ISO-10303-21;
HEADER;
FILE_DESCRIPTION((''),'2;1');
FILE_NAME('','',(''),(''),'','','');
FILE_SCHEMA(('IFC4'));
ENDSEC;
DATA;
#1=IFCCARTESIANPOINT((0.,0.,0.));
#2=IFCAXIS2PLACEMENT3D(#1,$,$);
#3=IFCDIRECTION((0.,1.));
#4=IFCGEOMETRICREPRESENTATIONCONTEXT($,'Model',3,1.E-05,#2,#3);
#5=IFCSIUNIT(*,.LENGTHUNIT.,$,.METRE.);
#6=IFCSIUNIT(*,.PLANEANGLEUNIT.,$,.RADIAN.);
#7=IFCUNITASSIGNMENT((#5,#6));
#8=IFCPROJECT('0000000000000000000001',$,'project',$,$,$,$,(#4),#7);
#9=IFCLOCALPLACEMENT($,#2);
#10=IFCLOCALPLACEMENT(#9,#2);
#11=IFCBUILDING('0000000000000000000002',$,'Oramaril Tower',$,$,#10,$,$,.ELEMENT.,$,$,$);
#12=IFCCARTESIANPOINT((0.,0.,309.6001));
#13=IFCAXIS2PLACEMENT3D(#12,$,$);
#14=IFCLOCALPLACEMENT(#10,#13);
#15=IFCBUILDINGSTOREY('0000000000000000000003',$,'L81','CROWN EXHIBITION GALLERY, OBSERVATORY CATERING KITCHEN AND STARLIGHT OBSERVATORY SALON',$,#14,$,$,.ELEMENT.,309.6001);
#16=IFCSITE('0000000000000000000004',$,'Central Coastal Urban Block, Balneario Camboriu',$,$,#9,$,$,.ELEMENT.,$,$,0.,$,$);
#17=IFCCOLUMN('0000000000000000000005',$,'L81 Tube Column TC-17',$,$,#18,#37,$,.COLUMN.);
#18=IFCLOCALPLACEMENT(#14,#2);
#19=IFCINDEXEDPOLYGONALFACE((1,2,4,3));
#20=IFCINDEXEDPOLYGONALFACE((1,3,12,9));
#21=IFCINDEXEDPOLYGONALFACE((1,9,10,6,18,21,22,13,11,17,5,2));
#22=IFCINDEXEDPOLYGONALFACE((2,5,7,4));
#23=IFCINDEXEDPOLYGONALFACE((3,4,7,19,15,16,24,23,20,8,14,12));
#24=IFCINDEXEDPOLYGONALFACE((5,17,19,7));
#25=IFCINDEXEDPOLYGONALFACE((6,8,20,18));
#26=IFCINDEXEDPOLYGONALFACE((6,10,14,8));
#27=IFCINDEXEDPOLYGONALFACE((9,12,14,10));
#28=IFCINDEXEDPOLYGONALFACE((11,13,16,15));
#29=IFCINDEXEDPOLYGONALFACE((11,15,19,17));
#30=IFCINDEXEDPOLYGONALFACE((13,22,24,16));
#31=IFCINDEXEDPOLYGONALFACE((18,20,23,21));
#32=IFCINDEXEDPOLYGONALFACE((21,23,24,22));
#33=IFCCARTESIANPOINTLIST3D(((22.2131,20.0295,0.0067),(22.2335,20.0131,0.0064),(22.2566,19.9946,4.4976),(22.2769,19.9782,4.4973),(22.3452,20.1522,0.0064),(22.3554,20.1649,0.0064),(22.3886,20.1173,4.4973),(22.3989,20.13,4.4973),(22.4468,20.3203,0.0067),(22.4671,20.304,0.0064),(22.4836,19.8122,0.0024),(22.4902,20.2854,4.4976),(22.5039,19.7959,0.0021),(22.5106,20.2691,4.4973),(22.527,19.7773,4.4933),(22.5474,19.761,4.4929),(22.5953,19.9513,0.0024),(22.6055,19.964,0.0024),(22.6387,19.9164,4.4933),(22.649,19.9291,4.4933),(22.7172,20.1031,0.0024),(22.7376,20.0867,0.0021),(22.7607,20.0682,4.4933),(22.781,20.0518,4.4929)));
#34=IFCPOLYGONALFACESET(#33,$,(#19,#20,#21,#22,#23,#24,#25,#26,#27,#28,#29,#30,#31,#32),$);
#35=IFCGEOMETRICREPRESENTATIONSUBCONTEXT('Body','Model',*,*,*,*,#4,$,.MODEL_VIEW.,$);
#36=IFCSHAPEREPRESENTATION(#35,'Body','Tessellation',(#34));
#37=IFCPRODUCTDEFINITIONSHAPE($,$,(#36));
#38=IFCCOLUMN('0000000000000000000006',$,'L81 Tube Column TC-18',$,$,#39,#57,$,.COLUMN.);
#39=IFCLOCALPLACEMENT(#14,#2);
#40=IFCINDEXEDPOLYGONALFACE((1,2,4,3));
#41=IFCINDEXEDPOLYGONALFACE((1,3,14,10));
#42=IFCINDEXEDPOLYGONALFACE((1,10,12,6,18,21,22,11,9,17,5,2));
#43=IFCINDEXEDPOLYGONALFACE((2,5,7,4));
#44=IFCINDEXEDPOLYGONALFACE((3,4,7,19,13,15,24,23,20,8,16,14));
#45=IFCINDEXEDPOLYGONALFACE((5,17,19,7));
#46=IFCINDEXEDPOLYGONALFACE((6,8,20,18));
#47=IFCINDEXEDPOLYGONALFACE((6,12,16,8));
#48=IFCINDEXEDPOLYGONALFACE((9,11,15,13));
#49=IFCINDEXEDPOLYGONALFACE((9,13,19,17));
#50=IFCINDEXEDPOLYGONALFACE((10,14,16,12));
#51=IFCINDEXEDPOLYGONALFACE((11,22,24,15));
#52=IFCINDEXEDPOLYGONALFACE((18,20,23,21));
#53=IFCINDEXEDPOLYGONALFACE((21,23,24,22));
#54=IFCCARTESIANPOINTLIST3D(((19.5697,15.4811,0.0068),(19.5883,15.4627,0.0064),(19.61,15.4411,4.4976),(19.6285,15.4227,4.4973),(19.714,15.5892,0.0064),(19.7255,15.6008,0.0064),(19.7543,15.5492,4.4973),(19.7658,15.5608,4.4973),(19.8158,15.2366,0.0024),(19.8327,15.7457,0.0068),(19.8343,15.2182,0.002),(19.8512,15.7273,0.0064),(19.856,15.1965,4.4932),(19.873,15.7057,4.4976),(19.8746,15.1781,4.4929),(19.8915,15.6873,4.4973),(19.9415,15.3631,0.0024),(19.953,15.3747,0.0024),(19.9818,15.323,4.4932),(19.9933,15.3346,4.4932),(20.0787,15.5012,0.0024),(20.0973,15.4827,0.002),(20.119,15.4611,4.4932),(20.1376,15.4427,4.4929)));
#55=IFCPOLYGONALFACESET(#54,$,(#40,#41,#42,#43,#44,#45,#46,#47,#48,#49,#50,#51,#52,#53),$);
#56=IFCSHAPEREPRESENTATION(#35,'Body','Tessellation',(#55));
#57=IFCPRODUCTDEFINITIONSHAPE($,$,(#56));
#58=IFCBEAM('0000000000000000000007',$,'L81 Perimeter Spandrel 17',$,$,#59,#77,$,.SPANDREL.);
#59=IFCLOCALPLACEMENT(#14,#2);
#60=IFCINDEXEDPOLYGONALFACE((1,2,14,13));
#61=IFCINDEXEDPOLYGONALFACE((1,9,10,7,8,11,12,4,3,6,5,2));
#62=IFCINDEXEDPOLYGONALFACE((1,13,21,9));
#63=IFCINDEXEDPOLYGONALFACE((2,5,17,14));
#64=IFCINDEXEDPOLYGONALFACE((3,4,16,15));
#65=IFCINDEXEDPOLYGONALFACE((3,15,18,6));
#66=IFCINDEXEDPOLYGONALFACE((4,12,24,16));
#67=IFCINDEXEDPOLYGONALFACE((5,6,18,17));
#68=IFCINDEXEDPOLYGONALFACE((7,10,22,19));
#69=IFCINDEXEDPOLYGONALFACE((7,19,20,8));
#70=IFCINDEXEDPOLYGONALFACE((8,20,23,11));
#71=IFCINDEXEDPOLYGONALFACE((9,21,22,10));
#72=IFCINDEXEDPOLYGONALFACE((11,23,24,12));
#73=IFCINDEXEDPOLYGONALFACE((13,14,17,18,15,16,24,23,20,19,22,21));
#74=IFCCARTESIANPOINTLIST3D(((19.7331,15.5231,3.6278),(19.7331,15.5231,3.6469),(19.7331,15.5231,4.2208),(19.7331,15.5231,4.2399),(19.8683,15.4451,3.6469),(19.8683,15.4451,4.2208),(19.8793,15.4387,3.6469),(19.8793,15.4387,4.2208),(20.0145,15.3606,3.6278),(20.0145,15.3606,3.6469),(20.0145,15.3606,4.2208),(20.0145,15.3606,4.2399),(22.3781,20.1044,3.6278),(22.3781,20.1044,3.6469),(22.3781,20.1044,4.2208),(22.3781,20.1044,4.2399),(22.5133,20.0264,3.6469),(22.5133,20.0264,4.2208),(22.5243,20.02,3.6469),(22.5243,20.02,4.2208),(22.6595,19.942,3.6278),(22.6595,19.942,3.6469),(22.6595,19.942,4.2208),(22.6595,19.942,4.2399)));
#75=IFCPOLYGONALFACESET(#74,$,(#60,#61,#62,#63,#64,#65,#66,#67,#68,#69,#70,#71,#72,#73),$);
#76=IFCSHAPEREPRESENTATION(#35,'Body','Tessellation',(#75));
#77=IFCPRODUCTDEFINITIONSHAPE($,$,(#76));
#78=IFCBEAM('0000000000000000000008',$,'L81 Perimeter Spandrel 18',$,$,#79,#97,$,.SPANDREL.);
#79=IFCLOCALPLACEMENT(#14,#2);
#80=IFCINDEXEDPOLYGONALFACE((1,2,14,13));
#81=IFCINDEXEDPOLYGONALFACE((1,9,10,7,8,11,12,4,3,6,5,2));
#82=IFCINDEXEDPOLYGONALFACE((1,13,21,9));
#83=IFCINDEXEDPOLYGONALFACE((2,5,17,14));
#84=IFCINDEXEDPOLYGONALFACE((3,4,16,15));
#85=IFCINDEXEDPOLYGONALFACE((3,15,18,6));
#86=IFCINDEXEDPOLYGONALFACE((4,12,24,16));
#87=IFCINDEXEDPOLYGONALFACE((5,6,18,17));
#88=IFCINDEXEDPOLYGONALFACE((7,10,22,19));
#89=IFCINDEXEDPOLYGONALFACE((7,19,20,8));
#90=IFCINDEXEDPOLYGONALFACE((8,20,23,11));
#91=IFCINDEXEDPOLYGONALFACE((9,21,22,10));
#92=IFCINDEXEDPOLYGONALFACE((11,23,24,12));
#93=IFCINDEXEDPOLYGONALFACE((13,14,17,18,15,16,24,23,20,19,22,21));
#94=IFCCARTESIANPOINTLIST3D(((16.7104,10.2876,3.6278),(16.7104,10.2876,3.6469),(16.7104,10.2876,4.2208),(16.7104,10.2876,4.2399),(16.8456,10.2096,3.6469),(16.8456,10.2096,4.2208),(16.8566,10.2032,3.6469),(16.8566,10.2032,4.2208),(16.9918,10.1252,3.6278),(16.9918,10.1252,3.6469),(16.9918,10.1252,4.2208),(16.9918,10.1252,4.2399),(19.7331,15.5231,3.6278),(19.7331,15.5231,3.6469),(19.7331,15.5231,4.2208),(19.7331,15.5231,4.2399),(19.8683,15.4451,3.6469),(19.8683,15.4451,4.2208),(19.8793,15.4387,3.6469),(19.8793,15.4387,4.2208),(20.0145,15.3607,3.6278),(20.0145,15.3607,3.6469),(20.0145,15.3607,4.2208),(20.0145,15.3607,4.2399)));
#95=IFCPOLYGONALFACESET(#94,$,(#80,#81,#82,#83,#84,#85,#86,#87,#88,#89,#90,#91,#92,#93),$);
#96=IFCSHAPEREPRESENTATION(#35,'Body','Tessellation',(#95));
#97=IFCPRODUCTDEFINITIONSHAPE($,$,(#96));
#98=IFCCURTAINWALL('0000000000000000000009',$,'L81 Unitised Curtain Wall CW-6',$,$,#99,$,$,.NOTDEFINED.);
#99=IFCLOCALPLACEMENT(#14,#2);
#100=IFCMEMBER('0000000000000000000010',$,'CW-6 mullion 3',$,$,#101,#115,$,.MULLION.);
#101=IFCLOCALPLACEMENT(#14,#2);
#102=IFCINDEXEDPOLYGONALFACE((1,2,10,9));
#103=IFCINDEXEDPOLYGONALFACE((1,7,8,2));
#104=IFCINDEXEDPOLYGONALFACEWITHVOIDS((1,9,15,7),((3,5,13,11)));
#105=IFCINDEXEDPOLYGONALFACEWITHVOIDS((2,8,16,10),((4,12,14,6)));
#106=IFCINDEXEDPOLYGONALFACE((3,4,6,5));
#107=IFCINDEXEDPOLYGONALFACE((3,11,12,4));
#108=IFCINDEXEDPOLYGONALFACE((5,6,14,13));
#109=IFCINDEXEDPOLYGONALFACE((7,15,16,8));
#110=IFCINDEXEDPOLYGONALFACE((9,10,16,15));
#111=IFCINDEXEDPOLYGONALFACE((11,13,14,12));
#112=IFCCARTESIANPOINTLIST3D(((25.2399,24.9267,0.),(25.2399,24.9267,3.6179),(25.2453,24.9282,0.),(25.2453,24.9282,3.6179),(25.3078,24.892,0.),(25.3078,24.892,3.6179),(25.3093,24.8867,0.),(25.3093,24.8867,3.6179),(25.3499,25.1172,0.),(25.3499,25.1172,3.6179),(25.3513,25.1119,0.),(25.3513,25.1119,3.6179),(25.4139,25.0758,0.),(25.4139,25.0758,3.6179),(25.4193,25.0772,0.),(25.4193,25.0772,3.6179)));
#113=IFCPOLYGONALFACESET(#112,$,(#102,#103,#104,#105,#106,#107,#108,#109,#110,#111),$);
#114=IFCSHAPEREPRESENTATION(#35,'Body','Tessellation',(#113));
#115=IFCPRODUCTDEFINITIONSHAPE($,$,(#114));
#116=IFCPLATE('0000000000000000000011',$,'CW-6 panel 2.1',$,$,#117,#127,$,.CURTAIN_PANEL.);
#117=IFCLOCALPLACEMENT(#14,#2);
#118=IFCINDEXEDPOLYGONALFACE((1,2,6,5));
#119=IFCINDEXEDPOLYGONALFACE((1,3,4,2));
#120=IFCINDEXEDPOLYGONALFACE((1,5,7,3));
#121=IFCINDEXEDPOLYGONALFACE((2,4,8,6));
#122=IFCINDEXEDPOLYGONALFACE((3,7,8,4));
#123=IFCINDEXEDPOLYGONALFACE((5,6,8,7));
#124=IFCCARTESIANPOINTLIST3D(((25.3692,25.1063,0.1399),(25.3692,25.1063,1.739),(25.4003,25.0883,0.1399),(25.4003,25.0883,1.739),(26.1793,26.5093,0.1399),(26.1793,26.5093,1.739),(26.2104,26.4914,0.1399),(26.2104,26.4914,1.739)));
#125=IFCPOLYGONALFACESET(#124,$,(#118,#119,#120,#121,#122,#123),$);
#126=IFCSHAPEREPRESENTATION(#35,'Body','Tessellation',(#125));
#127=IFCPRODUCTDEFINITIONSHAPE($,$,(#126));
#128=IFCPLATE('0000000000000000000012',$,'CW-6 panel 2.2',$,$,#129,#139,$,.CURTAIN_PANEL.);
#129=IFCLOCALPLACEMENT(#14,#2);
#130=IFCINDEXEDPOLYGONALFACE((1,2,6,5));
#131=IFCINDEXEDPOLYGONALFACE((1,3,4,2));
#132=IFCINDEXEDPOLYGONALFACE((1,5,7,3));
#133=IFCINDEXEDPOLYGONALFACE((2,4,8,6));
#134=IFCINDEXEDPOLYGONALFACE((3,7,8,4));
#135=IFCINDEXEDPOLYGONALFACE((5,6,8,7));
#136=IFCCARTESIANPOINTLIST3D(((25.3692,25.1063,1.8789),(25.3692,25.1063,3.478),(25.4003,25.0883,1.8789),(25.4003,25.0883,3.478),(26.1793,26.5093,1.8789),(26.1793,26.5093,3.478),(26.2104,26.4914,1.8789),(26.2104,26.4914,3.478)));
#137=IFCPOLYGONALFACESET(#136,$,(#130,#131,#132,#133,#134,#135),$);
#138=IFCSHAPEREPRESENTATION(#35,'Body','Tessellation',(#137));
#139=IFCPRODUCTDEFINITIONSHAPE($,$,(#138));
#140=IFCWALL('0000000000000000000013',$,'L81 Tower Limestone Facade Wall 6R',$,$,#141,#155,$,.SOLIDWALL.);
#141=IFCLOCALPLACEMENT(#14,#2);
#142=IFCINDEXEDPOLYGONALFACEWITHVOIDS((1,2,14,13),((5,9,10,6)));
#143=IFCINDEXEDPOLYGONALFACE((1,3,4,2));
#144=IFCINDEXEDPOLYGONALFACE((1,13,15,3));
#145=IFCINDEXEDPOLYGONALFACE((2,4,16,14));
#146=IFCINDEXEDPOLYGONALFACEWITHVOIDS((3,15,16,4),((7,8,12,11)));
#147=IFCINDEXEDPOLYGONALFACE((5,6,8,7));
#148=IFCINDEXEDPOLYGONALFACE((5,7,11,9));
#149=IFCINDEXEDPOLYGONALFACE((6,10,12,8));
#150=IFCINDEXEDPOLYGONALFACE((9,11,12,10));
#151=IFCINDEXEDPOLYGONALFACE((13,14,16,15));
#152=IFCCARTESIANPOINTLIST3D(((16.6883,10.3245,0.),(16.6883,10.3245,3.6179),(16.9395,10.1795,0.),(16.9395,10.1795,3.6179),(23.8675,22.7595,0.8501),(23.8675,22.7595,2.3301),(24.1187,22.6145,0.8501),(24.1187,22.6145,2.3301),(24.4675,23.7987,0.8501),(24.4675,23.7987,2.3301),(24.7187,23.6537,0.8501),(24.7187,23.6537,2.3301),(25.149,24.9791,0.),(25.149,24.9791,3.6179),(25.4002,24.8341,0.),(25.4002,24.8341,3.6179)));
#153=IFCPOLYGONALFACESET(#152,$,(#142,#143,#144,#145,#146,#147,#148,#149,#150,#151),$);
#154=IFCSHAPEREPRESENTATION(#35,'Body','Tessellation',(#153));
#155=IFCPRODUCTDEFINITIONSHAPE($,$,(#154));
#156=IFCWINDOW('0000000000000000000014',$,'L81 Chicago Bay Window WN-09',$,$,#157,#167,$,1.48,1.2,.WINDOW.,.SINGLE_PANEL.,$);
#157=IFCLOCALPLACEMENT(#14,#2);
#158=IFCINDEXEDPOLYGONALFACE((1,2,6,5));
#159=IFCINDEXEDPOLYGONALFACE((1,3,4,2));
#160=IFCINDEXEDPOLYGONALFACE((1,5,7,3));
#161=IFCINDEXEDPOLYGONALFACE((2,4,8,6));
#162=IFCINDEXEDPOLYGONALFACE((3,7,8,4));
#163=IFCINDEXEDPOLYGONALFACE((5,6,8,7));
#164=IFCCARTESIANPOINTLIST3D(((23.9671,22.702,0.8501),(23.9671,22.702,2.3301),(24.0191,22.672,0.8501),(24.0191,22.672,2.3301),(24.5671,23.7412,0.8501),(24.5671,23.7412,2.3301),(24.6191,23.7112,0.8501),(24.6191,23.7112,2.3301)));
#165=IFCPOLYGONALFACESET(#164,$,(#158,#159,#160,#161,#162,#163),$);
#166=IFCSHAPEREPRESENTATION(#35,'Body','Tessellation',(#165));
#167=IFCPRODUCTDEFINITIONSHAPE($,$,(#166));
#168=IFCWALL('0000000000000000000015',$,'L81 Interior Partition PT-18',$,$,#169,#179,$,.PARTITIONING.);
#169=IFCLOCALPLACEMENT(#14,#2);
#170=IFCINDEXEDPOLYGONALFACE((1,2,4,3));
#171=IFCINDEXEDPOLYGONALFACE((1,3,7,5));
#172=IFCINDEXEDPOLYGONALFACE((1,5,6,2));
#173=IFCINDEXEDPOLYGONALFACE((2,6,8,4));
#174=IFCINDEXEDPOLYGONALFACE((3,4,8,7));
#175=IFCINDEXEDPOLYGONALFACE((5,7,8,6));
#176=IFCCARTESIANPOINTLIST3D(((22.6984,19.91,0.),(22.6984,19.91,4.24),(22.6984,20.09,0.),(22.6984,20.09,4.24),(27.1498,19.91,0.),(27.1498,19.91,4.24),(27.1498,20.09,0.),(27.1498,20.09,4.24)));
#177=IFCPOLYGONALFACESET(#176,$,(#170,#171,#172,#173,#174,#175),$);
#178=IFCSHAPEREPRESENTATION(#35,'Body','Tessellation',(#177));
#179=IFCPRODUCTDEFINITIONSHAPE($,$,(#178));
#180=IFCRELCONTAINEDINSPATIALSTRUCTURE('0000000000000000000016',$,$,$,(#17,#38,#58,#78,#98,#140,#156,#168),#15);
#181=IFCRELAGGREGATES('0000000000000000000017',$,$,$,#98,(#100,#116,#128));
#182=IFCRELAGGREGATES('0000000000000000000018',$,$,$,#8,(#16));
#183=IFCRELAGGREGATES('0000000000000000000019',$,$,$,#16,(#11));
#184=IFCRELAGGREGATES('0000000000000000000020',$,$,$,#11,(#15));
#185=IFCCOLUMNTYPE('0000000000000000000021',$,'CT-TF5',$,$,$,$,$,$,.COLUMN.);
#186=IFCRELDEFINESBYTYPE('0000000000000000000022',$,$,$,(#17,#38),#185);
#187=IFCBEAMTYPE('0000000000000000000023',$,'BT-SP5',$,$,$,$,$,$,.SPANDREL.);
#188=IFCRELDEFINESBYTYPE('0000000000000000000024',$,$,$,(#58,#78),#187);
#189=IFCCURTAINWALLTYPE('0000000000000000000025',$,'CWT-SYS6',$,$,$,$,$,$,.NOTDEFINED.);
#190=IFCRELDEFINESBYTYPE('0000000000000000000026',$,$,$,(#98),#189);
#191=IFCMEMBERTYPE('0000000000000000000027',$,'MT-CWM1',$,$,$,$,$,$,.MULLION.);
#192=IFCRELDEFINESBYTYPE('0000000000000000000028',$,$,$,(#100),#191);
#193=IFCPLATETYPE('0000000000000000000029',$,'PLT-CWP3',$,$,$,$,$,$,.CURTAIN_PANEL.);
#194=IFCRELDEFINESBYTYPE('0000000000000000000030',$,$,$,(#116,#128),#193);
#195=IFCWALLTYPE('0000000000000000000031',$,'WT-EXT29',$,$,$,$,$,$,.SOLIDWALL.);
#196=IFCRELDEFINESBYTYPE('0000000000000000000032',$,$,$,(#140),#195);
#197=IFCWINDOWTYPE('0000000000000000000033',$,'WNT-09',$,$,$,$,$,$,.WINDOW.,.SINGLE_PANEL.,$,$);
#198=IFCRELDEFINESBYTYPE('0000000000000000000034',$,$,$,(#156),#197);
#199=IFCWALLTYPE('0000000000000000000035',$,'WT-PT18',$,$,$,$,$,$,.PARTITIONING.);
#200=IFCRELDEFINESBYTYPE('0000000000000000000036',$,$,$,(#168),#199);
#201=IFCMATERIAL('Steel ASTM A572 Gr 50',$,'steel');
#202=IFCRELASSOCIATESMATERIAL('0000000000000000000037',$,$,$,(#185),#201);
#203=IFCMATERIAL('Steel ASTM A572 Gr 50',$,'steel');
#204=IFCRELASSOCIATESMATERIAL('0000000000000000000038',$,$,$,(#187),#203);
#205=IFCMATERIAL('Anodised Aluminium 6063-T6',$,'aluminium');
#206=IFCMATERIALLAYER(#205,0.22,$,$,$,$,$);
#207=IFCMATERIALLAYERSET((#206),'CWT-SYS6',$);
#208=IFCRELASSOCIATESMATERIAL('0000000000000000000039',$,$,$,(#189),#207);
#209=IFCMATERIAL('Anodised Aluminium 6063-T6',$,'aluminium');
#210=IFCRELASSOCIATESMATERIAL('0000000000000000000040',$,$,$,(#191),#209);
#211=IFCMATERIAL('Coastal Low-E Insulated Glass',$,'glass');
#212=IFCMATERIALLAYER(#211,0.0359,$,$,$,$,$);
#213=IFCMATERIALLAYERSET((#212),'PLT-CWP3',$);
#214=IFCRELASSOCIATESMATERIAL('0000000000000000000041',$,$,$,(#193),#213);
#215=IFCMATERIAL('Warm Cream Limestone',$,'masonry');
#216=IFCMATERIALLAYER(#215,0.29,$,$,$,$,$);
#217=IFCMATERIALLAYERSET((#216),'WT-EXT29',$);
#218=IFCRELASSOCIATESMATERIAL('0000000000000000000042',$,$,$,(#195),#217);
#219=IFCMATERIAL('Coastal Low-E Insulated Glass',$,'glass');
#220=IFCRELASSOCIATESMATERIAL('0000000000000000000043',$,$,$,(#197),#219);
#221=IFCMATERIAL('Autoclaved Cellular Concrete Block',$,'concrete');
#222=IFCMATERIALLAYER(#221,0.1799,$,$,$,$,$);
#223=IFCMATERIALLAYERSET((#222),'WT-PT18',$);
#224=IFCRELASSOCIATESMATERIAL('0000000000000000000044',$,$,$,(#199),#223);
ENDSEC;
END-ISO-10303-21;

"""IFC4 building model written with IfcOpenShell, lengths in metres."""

from ifc_helpers import new_model, si_unit, direction, frame, frame_2d, origin, origin_2d, place, context, subcontext, project, spatial, rectangle, hollow_rectangle, i_section, extrude, material, layer, layer_set, material_profile, profile_set, type_object, element, fill, aggregate, save


model = new_model("IFC4")

# Units and contexts
model_context = context("Model", 3, precision=1e-05, world=origin(), true_north=direction((0.0, 1.0)))
body_context = subcontext(model_context, "Body", "Model", "MODEL_VIEW")
ifc_project = project(units=[si_unit("LENGTHUNIT", "METRE"), si_unit("PLANEANGLEUNIT", "RADIAN")], contexts=[model_context])

# Site, building, storey
site_placement = place(None, origin())
site = spatial("IfcSite", under=ifc_project, at=site_placement, Name="Central Coastal Urban Block, Balneario Camboriu", CompositionType="ELEMENT", RefElevation=0.0)
building_placement = place(site_placement, origin())
building = spatial("IfcBuilding", under=site, at=building_placement, Name="Oramaril Tower", CompositionType="ELEMENT")
storey_placement = place(building_placement, frame((0.0, 0.0, 309.6001)))
storey = spatial("IfcBuildingStorey", under=building, at=storey_placement, Name="L81", Description="CROWN EXHIBITION GALLERY, OBSERVATORY CATERING KITCHEN AND STARLIGHT OBSERVATORY SALON", CompositionType="ELEMENT", Elevation=309.6001)

# Columns
ifc_material_1 = material(Name="Steel ASTM A572 Gr 50", Category="steel")
ifc_material_profile_1 = material_profile(ifc_material_1, i_section(OverallWidth=0.373, OverallDepth=0.373, WebThickness=0.0164, FlangeThickness=0.0261, at=origin_2d()), Name="W14X132")
ifc_profile_set_1 = profile_set([ifc_material_profile_1], Name="Steel ASTM A572 Gr 50")
column_type = type_object("IfcColumnType", Name="CT-TF5", PredefinedType="COLUMN", material=ifc_profile_set_1)
for number, where, z_axis, x_axis, name in (
    (1, (22.4753, 20.0581, 0.0044), (0.009676, -0.007773, 0.999923), (0.626296, 0.779585, 0.0), "L81 Tube Column TC-17"),
    (2, (19.8335, 15.4819, 0.0044), (0.008969, -0.008915, 0.99992), (0.704954, 0.709253, 0.0), "L81 Tube Column TC-18"),
):
    element("IfcColumn", number, at=place(storey_placement, frame(where, z_axis=z_axis, x_axis=x_axis)), inside=storey, type_object=column_type, Name=name, PredefinedType="COLUMN", context=body_context, shape_type="SweptSolid", body=[
        extrude(i_section(OverallWidth=0.373, OverallDepth=0.373, WebThickness=0.0164, FlangeThickness=0.0261, at=origin_2d()), origin(), (0.0, 0.0, 1.0), 4.4912),
    ])

# Beams
ifc_material_2 = material(Name="Steel ASTM A572 Gr 50", Category="steel")
ifc_material_profile_2 = material_profile(ifc_material_2, i_section(OverallWidth=0.325, OverallDepth=0.6121, WebThickness=0.0127, FlangeThickness=0.019, at=origin_2d()), Name="W24X104")
ifc_profile_set_2 = profile_set([ifc_material_profile_2], Name="Steel ASTM A572 Gr 50")
beam_type = type_object("IfcBeamType", Name="BT-SP5", PredefinedType="SPANDREL", material=ifc_profile_set_2)
beam_1_placement = place(storey_placement, frame((22.5188, 20.0232, 3.9338), z_axis=(-0.500001, -0.866025, 0.0), x_axis=(0.866025, -0.500001, 0.0)))
element("IfcBeam", 3, at=beam_1_placement, inside=storey, type_object=beam_type, Name="L81 Perimeter Spandrel 17", PredefinedType="SPANDREL", context=body_context, shape_type="SweptSolid", body=[
    extrude(i_section(OverallWidth=0.325, OverallDepth=0.6121, WebThickness=0.0127, FlangeThickness=0.019, at=origin_2d()), origin(), (0.0, 0.0, 1.0), 5.29),
])
beam_2_placement = place(storey_placement, frame((19.8738, 15.4419, 3.9338), z_axis=(-0.499992, -0.86603, 0.0), x_axis=(0.86603, -0.499992, 0.0)))
element("IfcBeam", 4, at=beam_2_placement, inside=storey, type_object=beam_type, Name="L81 Perimeter Spandrel 18", PredefinedType="SPANDREL", context=body_context, shape_type="SweptSolid", body=[
    extrude(i_section(OverallWidth=0.325, OverallDepth=0.6121, WebThickness=0.0127, FlangeThickness=0.019, at=origin_2d()), origin(), (0.0, 0.0, 1.0), 6.0454),
])

# Curtain wall, member, plates
ifc_material_3 = material(Name="Anodised Aluminium 6063-T6", Category="aluminium")
ifc_layer_1 = layer(ifc_material_3, 0.22)
ifc_layer_set_1 = layer_set([ifc_layer_1], Name="CWT-SYS6")
curtain_wall_type = type_object("IfcCurtainWallType", Name="CWT-SYS6", PredefinedType="NOTDEFINED", material=ifc_layer_set_1)
curtain_wall_placement = place(storey_placement, origin())
curtain_wall = element("IfcCurtainWall", 5, at=curtain_wall_placement, inside=storey, type_object=curtain_wall_type, Name="L81 Unitised Curtain Wall CW-6", PredefinedType="NOTDEFINED")
ifc_material_4 = material(Name="Anodised Aluminium 6063-T6", Category="aluminium")
ifc_material_profile_3 = material_profile(ifc_material_4, hollow_rectangle(XDim=0.0801, YDim=0.22, WallThickness=0.0039, at=origin_2d()), Name="CWM220X80")
ifc_profile_set_3 = profile_set([ifc_material_profile_3], Name="Anodised Aluminium 6063-T6")
member_type = type_object("IfcMemberType", Name="MT-CWM1", PredefinedType="MULLION", material=ifc_profile_set_3)
member_placement = place(storey_placement, frame((25.3296, 25.002, 0.0), z_axis=(0.0, 0.0, 1.0), x_axis=(0.866025, -0.5, 0.0)))
member = element("IfcMember", 6, at=member_placement, type_object=member_type, Name="CW-6 mullion 3", PredefinedType="MULLION", context=body_context, shape_type="SweptSolid", body=[
    extrude(hollow_rectangle(XDim=0.0801, YDim=0.22, WallThickness=0.0039, at=origin_2d()), origin(), (0.0, 0.0, 1.0), 3.6179),
])
ifc_material_5 = material(Name="Coastal Low-E Insulated Glass", Category="glass")
ifc_layer_2 = layer(ifc_material_5, 0.0359)
ifc_layer_set_2 = layer_set([ifc_layer_2], Name="PLT-CWP3")
plate_type = type_object("IfcPlateType", Name="PLT-CWP3", PredefinedType="CURTAIN_PANEL", material=ifc_layer_set_2)
plate_1_placement = place(storey_placement, frame((25.7898, 25.7988, 0.1399), z_axis=(0.0, 0.0, 1.0), x_axis=(-0.5, -0.866025, 0.0)))
plate_1 = element("IfcPlate", 7, at=plate_1_placement, type_object=plate_type, Name="CW-6 panel 2.1", PredefinedType="CURTAIN_PANEL", context=body_context, shape_type="SweptSolid", body=[
    extrude(rectangle(XDim=1.6201, YDim=0.0359, at=origin_2d()), origin(), (0.0, 0.0, 1.0), 1.5991),
])
plate_2_placement = place(storey_placement, frame((25.7898, 25.7988, 1.8789), z_axis=(0.0, 0.0, 1.0), x_axis=(-0.5, -0.866025, 0.0)))
plate_2 = element("IfcPlate", 8, at=plate_2_placement, type_object=plate_type, Name="CW-6 panel 2.2", PredefinedType="CURTAIN_PANEL", context=body_context, shape_type="SweptSolid", body=[
    extrude(rectangle(XDim=1.6201, YDim=0.0359, at=origin_2d()), origin(), (0.0, 0.0, 1.0), 1.5991),
])
aggregate(curtain_wall, [member, plate_1, plate_2])

# Wall, opening, window
ifc_material_6 = material(Name="Warm Cream Limestone", Category="masonry")
ifc_layer_3 = layer(ifc_material_6, 0.29)
ifc_layer_set_3 = layer_set([ifc_layer_3], Name="WT-EXT29")
wall_type_1 = type_object("IfcWallType", Name="WT-EXT29", PredefinedType="SOLIDWALL", material=ifc_layer_set_3)
wall_1_placement = place(storey_placement, frame((25.2747, 24.9067, 0.0), z_axis=(0.0, 0.0, 1.0), x_axis=(-0.499995, -0.866028, 0.0)))
wall_1 = element("IfcWall", 9, at=wall_1_placement, inside=storey, type_object=wall_type_1, Name="L81 Tower Limestone Facade Wall 6R", PredefinedType="SOLIDWALL", context=body_context, shape_type="SweptSolid", body=[
    extrude(rectangle(XDim=16.9216, YDim=0.29, at=frame_2d((8.4609, 0.0))), origin(), (0.0, 0.0, 1.0), 3.6179),
])
opening_placement = place(wall_1_placement, frame((1.363, 0.0, 0.8501)))
opening = element("IfcOpeningElement", 10, at=opening_placement, cuts=wall_1, PredefinedType="OPENING", context=body_context, shape_type="SweptSolid", body=[
    extrude(rectangle(XDim=1.2, YDim=1.48, at=frame_2d((0.6001, 0.74))), frame((0.0, 0.145, 0.0), z_axis=(0.0, -1.0, 0.0), x_axis=(1.0, 0.0, 0.0)), (0.0, 0.0, 1.0), 0.29),
])
ifc_material_7 = material(Name="Coastal Low-E Insulated Glass", Category="glass")
window_type = type_object("IfcWindowType", Name="WNT-09", PartitioningType="SINGLE_PANEL", PredefinedType="WINDOW", material=ifc_material_7)
window_placement = place(opening_placement, origin())
window = element("IfcWindow", 11, at=window_placement, inside=storey, type_object=window_type, Name="L81 Chicago Bay Window WN-09", OverallHeight=1.48, OverallWidth=1.2, PartitioningType="SINGLE_PANEL", PredefinedType="WINDOW", context=body_context, shape_type="SweptSolid", body=[
    extrude(rectangle(XDim=1.2, YDim=1.48, at=frame_2d((0.6001, 0.74))), frame((0.0, 0.03, 0.0), z_axis=(0.0, -1.0, 0.0), x_axis=(1.0, 0.0, 0.0)), (0.0, 0.0, 1.0), 0.0601),
])
fill(opening, window)

# Wall
ifc_material_8 = material(Name="Autoclaved Cellular Concrete Block", Category="concrete")
ifc_layer_4 = layer(ifc_material_8, 0.1799)
ifc_layer_set_4 = layer_set([ifc_layer_4], Name="WT-PT18")
wall_type_2 = type_object("IfcWallType", Name="WT-PT18", PredefinedType="PARTITIONING", material=ifc_layer_set_4)
wall_2_placement = place(storey_placement, frame((22.6985, 20.0, 0.0), z_axis=(0.0, 0.0, 1.0), x_axis=(1.0, 0.0, 0.0)))
element("IfcWall", 12, at=wall_2_placement, inside=storey, type_object=wall_type_2, Name="L81 Interior Partition PT-18", PredefinedType="PARTITIONING", context=body_context, shape_type="SweptSolid", body=[
    extrude(rectangle(XDim=4.4514, YDim=0.1799, at=frame_2d((2.2256, 0.0))), origin(), (0.0, 0.0, 1.0), 4.24),
])

save(model, "model.ifc")
